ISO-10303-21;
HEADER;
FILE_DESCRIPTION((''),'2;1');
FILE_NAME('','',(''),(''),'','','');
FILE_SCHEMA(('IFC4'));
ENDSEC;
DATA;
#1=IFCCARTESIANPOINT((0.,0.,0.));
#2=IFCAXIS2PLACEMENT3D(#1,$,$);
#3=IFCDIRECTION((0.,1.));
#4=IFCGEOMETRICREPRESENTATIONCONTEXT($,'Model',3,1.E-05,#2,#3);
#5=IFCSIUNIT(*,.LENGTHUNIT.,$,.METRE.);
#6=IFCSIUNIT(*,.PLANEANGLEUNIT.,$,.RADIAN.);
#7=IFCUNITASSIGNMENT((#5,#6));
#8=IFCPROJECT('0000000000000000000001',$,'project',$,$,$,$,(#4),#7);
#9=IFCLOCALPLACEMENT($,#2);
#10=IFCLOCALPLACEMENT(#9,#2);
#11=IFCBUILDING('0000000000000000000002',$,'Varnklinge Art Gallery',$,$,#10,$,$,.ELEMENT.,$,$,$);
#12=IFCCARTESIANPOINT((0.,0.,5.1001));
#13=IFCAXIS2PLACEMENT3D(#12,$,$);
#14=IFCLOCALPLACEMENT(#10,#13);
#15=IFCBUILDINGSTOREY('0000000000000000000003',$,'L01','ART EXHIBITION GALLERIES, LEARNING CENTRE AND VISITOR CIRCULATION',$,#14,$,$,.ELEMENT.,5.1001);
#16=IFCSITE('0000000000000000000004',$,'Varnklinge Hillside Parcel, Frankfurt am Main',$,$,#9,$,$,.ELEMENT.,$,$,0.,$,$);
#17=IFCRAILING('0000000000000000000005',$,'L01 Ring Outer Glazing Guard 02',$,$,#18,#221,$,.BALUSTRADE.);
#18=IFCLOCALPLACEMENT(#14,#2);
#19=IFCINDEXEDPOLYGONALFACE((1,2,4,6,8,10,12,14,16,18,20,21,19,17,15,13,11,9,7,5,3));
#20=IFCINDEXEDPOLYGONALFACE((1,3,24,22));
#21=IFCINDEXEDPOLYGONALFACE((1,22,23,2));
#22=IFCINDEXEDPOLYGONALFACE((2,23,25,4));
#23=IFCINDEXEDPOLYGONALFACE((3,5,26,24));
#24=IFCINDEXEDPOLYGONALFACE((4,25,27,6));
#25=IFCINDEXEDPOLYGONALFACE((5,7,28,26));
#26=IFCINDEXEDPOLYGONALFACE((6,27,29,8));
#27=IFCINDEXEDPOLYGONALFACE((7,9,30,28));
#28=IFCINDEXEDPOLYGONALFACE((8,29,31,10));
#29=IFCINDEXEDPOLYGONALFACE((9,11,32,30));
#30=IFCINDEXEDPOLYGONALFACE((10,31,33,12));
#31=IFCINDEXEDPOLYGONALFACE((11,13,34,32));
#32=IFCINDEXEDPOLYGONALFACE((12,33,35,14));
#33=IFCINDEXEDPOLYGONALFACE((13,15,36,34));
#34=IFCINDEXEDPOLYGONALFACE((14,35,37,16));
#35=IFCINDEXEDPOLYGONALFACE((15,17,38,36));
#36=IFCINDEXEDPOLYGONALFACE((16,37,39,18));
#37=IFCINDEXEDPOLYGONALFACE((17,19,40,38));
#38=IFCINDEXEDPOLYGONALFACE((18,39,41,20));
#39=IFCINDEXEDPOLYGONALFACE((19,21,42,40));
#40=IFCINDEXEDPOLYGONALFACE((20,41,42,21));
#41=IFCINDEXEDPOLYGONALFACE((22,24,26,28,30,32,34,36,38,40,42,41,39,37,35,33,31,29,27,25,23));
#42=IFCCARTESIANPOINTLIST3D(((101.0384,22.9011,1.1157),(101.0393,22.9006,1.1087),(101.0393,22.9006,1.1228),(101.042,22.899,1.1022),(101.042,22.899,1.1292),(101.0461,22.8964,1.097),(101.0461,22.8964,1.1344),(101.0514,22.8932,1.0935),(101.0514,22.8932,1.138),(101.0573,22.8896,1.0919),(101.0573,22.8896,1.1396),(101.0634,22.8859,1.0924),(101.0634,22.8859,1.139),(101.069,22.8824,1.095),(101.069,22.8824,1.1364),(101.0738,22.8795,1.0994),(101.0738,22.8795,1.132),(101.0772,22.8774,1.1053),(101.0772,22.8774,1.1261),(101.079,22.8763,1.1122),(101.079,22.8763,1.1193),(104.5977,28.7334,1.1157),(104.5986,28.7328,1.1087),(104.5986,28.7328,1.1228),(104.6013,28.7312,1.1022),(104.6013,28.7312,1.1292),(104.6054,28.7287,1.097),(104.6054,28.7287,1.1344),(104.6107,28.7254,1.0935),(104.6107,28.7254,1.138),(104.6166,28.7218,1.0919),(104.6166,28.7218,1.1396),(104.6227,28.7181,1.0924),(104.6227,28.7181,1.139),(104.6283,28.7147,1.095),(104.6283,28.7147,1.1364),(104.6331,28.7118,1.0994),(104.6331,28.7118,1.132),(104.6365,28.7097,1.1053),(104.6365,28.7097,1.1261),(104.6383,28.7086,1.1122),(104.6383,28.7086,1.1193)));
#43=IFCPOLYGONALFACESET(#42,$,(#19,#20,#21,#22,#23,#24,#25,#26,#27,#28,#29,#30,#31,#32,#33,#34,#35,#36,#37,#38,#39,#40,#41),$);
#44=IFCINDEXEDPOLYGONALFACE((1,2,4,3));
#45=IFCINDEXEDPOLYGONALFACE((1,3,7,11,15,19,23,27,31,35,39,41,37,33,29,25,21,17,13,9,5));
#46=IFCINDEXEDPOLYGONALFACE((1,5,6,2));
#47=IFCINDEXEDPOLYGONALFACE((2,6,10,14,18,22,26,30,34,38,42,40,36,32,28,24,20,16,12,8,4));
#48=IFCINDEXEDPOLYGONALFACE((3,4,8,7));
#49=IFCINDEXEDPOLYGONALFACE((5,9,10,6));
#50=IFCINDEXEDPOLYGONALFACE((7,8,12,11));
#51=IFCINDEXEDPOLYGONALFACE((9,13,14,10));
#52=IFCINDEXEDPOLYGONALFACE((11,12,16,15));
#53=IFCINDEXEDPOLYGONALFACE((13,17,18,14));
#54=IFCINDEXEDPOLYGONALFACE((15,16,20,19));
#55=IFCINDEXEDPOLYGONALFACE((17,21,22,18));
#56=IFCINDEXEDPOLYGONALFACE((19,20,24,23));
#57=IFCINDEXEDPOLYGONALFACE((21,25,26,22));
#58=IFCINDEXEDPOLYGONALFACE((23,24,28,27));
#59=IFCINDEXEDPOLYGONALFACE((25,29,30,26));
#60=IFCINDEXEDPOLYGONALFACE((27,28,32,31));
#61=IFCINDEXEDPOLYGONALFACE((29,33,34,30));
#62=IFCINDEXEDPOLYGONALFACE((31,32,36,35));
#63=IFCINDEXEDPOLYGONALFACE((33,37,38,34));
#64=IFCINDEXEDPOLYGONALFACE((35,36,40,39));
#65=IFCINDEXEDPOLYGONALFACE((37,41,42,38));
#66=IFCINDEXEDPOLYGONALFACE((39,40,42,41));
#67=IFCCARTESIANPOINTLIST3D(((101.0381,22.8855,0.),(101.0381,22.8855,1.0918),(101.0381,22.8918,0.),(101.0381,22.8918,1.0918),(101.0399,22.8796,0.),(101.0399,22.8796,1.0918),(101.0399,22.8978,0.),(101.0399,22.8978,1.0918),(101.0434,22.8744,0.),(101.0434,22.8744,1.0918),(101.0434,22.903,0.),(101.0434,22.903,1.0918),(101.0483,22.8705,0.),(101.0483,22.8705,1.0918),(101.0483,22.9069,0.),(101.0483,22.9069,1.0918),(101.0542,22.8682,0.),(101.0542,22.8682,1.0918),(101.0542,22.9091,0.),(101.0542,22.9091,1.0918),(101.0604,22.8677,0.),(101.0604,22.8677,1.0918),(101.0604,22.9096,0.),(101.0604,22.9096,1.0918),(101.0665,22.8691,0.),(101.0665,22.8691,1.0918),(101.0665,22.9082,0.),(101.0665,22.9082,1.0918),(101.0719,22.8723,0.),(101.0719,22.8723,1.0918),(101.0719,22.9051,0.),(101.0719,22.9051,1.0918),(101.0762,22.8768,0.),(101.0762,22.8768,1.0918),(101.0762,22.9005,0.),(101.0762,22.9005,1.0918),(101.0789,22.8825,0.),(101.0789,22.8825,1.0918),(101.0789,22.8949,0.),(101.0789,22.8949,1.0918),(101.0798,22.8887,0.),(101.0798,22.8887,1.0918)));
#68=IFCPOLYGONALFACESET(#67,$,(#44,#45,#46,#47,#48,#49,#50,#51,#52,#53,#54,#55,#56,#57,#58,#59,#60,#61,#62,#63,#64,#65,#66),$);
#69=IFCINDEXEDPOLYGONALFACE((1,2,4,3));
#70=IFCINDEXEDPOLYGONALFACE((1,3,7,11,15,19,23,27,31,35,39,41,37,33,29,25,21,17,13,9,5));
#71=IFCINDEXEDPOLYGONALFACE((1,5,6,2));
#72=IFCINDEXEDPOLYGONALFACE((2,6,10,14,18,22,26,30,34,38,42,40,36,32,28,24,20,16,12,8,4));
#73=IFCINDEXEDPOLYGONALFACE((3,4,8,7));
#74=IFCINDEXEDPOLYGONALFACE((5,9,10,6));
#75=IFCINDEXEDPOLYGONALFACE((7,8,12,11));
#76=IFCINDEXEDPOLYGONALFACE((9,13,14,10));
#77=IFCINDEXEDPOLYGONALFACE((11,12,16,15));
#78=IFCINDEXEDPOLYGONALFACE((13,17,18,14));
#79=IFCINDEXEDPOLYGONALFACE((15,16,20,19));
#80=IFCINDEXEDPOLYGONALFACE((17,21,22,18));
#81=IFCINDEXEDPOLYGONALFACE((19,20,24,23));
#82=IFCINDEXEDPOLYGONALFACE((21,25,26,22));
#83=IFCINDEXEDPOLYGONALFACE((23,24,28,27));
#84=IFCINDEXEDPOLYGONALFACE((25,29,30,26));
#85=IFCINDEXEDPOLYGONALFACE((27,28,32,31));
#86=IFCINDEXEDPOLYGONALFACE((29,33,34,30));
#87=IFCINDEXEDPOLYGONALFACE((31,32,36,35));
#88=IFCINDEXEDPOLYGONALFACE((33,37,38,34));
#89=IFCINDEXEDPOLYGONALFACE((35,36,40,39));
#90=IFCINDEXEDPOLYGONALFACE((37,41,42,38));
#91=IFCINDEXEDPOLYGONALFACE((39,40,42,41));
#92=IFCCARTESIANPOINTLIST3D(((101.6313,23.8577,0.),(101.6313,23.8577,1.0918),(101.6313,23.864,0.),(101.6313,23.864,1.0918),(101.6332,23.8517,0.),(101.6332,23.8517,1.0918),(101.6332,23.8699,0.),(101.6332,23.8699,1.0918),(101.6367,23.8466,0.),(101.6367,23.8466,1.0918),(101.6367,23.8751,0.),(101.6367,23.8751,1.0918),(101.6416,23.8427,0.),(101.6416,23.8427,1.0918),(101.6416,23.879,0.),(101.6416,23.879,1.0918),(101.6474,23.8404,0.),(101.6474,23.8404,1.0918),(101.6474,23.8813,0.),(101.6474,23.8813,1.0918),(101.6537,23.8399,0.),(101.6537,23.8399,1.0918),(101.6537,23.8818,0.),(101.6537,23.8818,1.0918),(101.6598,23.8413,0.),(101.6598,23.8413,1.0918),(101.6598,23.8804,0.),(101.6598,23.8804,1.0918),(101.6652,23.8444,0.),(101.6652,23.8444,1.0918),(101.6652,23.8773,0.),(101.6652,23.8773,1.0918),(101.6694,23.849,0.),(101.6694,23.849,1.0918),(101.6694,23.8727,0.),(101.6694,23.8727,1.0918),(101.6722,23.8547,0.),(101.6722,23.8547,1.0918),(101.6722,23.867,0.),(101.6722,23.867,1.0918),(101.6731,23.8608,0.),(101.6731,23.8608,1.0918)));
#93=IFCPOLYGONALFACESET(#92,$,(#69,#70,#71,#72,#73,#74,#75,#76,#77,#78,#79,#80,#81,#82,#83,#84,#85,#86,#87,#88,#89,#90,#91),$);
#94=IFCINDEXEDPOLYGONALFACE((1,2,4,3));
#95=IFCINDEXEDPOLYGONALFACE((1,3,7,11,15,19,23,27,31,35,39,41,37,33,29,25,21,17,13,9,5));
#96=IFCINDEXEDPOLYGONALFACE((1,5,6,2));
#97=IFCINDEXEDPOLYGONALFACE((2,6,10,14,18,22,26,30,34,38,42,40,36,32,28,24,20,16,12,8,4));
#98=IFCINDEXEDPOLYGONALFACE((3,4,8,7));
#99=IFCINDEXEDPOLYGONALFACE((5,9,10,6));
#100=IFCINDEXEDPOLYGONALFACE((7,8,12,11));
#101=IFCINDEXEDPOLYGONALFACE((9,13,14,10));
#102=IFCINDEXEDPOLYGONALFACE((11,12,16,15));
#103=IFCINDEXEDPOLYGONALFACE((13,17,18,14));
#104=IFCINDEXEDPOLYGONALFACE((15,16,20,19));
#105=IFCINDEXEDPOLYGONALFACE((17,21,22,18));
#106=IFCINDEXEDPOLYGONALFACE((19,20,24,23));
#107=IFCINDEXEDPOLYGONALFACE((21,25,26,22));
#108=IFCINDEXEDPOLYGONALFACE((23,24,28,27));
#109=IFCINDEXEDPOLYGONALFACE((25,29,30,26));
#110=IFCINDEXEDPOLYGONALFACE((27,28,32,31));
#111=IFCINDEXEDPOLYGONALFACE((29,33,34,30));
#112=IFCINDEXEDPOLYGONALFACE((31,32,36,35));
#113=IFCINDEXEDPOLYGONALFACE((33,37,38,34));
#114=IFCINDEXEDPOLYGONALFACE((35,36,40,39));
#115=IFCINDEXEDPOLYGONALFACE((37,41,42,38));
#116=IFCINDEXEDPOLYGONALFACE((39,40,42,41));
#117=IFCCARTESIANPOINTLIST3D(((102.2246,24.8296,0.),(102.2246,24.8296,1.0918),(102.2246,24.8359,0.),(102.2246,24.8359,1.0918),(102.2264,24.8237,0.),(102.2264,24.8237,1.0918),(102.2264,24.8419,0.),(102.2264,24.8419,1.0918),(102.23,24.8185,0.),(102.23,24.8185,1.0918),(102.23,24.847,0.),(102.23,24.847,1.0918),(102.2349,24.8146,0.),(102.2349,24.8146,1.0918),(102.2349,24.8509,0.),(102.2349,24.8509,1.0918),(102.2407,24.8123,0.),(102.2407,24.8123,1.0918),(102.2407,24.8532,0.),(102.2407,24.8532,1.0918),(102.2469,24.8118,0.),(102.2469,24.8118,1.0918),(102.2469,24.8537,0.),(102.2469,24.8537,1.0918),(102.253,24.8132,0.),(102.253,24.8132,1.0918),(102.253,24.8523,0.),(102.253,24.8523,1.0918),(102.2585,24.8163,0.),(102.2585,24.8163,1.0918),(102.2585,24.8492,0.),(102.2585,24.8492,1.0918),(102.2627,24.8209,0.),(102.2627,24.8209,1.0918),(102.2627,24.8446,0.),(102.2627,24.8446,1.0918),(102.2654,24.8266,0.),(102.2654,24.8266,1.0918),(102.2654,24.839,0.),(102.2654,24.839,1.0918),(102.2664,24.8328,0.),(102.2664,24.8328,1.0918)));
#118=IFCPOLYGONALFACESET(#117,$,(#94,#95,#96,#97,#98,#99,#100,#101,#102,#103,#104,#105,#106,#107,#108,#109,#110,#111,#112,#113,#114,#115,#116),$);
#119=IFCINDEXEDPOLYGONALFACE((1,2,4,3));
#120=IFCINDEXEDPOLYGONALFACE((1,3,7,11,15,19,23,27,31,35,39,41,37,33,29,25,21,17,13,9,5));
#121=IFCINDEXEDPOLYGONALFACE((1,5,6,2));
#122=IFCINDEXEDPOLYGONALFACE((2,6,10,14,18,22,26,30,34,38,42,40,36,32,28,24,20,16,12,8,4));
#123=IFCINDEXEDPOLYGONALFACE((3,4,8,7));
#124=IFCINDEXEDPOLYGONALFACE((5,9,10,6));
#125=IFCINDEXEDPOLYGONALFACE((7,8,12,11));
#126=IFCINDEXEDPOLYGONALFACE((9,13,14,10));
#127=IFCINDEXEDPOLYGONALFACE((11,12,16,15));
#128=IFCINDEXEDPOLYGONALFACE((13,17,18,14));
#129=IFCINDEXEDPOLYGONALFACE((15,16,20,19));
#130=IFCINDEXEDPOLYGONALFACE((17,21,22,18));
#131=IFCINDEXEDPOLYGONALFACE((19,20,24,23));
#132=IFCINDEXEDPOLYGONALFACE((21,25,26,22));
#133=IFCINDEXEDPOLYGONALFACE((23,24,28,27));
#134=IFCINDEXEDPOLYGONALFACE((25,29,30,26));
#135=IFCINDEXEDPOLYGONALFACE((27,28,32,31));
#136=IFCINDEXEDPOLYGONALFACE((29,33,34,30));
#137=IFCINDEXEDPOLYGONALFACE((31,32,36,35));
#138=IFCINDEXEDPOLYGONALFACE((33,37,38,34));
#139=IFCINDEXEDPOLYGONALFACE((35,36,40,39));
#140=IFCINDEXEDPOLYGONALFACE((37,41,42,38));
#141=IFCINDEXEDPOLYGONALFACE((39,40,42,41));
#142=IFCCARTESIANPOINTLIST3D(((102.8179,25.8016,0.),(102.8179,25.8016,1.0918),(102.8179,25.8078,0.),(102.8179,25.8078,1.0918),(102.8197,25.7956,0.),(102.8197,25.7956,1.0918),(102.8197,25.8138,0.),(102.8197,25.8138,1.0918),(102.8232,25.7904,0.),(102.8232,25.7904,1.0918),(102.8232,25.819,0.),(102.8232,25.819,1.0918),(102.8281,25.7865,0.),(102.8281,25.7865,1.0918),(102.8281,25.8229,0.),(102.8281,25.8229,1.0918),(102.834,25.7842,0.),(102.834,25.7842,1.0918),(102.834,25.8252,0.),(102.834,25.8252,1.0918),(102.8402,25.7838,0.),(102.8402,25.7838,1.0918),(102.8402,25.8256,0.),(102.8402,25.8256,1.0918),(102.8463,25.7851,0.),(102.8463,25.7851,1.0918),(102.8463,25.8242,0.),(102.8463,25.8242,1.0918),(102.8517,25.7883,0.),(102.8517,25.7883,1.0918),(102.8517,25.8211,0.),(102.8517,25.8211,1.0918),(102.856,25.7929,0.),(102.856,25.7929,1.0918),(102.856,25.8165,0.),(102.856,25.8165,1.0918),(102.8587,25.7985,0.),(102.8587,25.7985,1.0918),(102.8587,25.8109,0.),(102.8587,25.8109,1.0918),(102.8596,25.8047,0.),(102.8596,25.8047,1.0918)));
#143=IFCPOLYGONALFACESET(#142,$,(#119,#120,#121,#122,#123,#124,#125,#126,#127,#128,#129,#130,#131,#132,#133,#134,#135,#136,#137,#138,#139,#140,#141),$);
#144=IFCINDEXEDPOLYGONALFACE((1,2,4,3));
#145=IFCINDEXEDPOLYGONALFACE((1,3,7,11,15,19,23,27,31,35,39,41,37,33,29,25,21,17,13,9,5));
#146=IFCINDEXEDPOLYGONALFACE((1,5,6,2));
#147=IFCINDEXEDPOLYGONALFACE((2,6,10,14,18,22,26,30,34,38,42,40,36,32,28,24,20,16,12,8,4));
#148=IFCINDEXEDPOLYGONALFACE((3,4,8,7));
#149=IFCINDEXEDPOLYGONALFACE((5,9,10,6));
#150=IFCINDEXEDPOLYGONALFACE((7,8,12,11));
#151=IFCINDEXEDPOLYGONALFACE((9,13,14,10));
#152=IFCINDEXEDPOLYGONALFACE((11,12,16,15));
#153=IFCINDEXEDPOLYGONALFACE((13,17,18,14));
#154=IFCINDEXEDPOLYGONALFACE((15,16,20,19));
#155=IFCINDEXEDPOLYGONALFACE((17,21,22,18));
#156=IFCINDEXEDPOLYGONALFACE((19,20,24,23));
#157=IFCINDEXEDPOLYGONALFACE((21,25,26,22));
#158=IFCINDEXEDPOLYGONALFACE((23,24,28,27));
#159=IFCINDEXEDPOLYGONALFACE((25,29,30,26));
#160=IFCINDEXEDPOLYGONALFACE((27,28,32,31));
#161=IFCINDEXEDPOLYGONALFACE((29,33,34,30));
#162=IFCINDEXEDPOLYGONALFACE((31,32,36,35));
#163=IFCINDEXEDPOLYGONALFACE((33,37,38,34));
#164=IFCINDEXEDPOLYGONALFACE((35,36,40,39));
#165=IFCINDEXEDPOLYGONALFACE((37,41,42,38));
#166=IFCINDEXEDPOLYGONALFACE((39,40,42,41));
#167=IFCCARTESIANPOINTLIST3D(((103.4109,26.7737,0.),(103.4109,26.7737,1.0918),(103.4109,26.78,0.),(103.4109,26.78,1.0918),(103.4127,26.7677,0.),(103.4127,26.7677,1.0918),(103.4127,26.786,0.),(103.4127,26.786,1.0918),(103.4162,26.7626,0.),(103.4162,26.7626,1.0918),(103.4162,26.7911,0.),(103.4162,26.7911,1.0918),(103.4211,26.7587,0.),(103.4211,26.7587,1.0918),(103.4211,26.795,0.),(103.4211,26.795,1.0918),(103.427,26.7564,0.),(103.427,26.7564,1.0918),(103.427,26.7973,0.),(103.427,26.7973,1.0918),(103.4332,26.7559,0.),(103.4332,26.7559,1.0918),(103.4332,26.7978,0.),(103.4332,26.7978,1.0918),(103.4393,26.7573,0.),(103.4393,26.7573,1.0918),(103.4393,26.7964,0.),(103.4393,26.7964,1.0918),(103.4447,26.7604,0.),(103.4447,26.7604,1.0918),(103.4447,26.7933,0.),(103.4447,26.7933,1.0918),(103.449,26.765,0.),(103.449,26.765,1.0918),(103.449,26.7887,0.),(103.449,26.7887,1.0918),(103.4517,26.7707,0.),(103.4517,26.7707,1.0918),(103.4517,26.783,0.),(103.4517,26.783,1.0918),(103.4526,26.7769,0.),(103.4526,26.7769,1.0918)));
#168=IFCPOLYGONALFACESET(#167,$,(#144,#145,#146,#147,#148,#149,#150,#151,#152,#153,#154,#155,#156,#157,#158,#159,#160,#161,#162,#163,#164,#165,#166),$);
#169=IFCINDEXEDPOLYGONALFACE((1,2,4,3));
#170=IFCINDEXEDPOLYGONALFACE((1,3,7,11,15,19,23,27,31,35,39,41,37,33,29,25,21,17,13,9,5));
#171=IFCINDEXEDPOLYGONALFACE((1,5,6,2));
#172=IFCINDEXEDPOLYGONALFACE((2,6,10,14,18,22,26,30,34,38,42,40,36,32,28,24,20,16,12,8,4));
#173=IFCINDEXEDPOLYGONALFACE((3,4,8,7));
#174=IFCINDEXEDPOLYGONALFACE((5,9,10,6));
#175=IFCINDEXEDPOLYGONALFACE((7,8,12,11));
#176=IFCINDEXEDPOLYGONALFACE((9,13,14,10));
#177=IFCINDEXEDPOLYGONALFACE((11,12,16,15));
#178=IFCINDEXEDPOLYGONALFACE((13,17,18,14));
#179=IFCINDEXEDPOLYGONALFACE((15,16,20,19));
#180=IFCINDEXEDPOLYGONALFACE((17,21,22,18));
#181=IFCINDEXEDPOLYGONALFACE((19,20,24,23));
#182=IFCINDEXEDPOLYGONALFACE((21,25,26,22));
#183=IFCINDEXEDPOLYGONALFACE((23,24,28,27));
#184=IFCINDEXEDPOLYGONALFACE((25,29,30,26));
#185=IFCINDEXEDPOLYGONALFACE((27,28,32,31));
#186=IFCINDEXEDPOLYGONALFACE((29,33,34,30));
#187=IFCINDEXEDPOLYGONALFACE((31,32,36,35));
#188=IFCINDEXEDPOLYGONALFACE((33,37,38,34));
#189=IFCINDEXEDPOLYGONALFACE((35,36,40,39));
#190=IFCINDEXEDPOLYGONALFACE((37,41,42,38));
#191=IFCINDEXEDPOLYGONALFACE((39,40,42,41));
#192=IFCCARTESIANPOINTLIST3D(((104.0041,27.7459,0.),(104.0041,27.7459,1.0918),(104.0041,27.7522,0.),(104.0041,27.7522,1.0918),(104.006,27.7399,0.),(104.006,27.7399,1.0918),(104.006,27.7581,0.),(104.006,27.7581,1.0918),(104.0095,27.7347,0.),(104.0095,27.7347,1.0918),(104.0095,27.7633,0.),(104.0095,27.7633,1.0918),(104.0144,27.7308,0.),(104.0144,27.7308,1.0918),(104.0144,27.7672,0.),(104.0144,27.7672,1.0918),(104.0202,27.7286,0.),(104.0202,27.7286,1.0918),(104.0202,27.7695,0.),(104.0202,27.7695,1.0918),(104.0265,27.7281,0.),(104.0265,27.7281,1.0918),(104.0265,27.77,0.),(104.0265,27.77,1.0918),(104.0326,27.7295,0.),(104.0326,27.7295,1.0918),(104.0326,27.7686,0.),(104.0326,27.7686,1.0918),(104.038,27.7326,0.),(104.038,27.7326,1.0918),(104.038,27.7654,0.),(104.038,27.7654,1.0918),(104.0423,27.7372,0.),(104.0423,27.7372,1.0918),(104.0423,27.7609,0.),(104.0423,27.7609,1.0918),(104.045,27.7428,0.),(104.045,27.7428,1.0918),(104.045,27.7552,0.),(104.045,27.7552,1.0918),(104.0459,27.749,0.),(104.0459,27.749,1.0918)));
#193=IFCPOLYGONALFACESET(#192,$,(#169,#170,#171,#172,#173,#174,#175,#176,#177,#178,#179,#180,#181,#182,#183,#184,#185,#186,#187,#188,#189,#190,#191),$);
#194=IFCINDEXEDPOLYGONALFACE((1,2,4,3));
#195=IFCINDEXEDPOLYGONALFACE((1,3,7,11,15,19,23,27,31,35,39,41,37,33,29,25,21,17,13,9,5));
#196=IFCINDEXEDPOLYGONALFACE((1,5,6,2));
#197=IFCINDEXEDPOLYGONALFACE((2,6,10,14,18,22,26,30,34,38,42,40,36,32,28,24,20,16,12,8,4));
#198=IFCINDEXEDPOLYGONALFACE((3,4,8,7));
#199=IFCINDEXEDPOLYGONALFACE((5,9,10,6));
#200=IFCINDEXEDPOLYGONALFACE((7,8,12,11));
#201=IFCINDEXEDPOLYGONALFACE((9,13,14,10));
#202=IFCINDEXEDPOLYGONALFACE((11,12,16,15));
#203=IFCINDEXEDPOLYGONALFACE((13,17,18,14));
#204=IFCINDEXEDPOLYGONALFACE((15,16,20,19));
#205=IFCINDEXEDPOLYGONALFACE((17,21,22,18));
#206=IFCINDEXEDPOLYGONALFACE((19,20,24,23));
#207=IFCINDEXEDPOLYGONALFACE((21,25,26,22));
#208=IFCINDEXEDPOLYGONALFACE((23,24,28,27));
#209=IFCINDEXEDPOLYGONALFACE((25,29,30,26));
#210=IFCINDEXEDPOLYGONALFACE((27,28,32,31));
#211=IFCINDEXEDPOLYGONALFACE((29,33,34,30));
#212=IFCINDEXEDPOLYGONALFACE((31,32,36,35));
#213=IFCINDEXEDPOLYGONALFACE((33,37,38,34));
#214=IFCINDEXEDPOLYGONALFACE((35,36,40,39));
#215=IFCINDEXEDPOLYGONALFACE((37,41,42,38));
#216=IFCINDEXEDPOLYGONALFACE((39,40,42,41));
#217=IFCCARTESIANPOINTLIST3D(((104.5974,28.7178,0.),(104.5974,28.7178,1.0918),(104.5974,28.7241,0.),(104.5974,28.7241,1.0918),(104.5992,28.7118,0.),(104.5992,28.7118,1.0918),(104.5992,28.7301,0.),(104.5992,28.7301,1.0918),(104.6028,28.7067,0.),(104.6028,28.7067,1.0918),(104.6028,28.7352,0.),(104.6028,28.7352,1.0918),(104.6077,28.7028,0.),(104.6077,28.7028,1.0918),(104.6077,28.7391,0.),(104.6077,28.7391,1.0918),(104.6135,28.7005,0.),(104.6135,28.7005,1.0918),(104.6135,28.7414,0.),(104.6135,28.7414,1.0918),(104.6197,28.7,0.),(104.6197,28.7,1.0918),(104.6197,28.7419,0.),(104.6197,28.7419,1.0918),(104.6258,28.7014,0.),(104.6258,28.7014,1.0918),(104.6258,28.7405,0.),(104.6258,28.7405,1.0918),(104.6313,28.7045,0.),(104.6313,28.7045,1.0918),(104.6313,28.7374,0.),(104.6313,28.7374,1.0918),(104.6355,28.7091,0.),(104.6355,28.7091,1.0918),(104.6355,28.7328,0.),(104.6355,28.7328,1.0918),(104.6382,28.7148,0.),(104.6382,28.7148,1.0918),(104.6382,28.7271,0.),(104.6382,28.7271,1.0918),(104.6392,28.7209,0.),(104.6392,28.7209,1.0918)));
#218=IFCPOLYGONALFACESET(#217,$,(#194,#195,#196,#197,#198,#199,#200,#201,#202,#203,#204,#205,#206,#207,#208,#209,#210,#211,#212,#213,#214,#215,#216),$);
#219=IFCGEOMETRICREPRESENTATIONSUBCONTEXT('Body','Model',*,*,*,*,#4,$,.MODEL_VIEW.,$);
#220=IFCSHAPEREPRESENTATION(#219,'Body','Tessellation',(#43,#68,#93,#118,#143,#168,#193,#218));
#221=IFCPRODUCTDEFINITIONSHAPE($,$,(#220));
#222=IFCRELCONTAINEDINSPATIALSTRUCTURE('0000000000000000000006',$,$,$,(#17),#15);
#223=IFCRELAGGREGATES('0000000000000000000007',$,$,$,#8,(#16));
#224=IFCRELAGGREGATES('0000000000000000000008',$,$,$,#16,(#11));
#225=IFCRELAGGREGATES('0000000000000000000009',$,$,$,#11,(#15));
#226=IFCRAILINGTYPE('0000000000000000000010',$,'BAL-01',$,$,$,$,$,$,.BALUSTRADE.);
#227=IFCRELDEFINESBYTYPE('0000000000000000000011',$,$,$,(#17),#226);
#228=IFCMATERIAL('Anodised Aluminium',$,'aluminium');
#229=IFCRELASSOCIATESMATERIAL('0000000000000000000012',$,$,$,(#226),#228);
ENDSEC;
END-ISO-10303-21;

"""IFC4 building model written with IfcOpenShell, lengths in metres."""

from ifc_helpers import new_model, si_unit, direction, frame, origin, origin_2d, place, context, subcontext, project, spatial, circle, extrude, material, type_object, element, save


model = new_model("IFC4")

# Units and contexts
model_context = context("Model", 3, precision=1e-05, world=origin(), true_north=direction((0.0, 1.0)))
body_context = subcontext(model_context, "Body", "Model", "MODEL_VIEW")
ifc_project = project(units=[si_unit("LENGTHUNIT", "METRE"), si_unit("PLANEANGLEUNIT", "RADIAN")], contexts=[model_context])

# Site, building, storey
site_placement = place(None, origin())
site = spatial("IfcSite", under=ifc_project, at=site_placement, Name="Varnklinge Hillside Parcel, Frankfurt am Main", CompositionType="ELEMENT", RefElevation=0.0)
building_placement = place(site_placement, origin())
building = spatial("IfcBuilding", under=site, at=building_placement, Name="Varnklinge Art Gallery", CompositionType="ELEMENT")
storey_placement = place(building_placement, frame((0.0, 0.0, 5.1001)))
storey = spatial("IfcBuildingStorey", under=building, at=storey_placement, Name="L01", Description="ART EXHIBITION GALLERIES, LEARNING CENTRE AND VISITOR CIRCULATION", CompositionType="ELEMENT", Elevation=5.1001)

# Railing
ifc_material_1 = material(Name="Anodised Aluminium", Category="aluminium")
railing_type = type_object("IfcRailingType", Name="BAL-01", PredefinedType="BALUSTRADE", material=ifc_material_1)
railing_placement = place(storey_placement, frame((101.0588, 22.8887, 0.0)))
element("IfcRailing", 1, at=railing_placement, inside=storey, type_object=railing_type, Name="L01 Ring Outer Glazing Guard 02", PredefinedType="BALUSTRADE", context=body_context, shape_type="SweptSolid", body=[
    extrude(circle(Radius=0.0239, at=origin_2d()), frame((0.0, 0.0, 1.1157), z_axis=(0.520934, 0.853597, 0.0), x_axis=(-0.853597, 0.520934, 0.0)), (0.0, 0.0, 1.0), 6.8325),
    extrude(circle(Radius=0.021, at=origin_2d()), origin(), (0.0, 0.0, 1.0), 1.0918),
    extrude(circle(Radius=0.021, at=origin_2d()), frame((0.5933, 0.9722, 0.0)), (0.0, 0.0, 1.0), 1.0918),
    extrude(circle(Radius=0.021, at=origin_2d()), frame((1.1865, 1.9441, 0.0)), (0.0, 0.0, 1.0), 1.0918),
    extrude(circle(Radius=0.021, at=origin_2d()), frame((1.7798, 2.916, 0.0)), (0.0, 0.0, 1.0), 1.0918),
    extrude(circle(Radius=0.021, at=origin_2d()), frame((2.3728, 3.8882, 0.0)), (0.0, 0.0, 1.0), 1.0918),
    extrude(circle(Radius=0.021, at=origin_2d()), frame((2.9661, 4.8604, 0.0)), (0.0, 0.0, 1.0), 1.0918),
    extrude(circle(Radius=0.021, at=origin_2d()), frame((3.5593, 5.8323, 0.0)), (0.0, 0.0, 1.0), 1.0918),
])

save(model, "model.ifc")
